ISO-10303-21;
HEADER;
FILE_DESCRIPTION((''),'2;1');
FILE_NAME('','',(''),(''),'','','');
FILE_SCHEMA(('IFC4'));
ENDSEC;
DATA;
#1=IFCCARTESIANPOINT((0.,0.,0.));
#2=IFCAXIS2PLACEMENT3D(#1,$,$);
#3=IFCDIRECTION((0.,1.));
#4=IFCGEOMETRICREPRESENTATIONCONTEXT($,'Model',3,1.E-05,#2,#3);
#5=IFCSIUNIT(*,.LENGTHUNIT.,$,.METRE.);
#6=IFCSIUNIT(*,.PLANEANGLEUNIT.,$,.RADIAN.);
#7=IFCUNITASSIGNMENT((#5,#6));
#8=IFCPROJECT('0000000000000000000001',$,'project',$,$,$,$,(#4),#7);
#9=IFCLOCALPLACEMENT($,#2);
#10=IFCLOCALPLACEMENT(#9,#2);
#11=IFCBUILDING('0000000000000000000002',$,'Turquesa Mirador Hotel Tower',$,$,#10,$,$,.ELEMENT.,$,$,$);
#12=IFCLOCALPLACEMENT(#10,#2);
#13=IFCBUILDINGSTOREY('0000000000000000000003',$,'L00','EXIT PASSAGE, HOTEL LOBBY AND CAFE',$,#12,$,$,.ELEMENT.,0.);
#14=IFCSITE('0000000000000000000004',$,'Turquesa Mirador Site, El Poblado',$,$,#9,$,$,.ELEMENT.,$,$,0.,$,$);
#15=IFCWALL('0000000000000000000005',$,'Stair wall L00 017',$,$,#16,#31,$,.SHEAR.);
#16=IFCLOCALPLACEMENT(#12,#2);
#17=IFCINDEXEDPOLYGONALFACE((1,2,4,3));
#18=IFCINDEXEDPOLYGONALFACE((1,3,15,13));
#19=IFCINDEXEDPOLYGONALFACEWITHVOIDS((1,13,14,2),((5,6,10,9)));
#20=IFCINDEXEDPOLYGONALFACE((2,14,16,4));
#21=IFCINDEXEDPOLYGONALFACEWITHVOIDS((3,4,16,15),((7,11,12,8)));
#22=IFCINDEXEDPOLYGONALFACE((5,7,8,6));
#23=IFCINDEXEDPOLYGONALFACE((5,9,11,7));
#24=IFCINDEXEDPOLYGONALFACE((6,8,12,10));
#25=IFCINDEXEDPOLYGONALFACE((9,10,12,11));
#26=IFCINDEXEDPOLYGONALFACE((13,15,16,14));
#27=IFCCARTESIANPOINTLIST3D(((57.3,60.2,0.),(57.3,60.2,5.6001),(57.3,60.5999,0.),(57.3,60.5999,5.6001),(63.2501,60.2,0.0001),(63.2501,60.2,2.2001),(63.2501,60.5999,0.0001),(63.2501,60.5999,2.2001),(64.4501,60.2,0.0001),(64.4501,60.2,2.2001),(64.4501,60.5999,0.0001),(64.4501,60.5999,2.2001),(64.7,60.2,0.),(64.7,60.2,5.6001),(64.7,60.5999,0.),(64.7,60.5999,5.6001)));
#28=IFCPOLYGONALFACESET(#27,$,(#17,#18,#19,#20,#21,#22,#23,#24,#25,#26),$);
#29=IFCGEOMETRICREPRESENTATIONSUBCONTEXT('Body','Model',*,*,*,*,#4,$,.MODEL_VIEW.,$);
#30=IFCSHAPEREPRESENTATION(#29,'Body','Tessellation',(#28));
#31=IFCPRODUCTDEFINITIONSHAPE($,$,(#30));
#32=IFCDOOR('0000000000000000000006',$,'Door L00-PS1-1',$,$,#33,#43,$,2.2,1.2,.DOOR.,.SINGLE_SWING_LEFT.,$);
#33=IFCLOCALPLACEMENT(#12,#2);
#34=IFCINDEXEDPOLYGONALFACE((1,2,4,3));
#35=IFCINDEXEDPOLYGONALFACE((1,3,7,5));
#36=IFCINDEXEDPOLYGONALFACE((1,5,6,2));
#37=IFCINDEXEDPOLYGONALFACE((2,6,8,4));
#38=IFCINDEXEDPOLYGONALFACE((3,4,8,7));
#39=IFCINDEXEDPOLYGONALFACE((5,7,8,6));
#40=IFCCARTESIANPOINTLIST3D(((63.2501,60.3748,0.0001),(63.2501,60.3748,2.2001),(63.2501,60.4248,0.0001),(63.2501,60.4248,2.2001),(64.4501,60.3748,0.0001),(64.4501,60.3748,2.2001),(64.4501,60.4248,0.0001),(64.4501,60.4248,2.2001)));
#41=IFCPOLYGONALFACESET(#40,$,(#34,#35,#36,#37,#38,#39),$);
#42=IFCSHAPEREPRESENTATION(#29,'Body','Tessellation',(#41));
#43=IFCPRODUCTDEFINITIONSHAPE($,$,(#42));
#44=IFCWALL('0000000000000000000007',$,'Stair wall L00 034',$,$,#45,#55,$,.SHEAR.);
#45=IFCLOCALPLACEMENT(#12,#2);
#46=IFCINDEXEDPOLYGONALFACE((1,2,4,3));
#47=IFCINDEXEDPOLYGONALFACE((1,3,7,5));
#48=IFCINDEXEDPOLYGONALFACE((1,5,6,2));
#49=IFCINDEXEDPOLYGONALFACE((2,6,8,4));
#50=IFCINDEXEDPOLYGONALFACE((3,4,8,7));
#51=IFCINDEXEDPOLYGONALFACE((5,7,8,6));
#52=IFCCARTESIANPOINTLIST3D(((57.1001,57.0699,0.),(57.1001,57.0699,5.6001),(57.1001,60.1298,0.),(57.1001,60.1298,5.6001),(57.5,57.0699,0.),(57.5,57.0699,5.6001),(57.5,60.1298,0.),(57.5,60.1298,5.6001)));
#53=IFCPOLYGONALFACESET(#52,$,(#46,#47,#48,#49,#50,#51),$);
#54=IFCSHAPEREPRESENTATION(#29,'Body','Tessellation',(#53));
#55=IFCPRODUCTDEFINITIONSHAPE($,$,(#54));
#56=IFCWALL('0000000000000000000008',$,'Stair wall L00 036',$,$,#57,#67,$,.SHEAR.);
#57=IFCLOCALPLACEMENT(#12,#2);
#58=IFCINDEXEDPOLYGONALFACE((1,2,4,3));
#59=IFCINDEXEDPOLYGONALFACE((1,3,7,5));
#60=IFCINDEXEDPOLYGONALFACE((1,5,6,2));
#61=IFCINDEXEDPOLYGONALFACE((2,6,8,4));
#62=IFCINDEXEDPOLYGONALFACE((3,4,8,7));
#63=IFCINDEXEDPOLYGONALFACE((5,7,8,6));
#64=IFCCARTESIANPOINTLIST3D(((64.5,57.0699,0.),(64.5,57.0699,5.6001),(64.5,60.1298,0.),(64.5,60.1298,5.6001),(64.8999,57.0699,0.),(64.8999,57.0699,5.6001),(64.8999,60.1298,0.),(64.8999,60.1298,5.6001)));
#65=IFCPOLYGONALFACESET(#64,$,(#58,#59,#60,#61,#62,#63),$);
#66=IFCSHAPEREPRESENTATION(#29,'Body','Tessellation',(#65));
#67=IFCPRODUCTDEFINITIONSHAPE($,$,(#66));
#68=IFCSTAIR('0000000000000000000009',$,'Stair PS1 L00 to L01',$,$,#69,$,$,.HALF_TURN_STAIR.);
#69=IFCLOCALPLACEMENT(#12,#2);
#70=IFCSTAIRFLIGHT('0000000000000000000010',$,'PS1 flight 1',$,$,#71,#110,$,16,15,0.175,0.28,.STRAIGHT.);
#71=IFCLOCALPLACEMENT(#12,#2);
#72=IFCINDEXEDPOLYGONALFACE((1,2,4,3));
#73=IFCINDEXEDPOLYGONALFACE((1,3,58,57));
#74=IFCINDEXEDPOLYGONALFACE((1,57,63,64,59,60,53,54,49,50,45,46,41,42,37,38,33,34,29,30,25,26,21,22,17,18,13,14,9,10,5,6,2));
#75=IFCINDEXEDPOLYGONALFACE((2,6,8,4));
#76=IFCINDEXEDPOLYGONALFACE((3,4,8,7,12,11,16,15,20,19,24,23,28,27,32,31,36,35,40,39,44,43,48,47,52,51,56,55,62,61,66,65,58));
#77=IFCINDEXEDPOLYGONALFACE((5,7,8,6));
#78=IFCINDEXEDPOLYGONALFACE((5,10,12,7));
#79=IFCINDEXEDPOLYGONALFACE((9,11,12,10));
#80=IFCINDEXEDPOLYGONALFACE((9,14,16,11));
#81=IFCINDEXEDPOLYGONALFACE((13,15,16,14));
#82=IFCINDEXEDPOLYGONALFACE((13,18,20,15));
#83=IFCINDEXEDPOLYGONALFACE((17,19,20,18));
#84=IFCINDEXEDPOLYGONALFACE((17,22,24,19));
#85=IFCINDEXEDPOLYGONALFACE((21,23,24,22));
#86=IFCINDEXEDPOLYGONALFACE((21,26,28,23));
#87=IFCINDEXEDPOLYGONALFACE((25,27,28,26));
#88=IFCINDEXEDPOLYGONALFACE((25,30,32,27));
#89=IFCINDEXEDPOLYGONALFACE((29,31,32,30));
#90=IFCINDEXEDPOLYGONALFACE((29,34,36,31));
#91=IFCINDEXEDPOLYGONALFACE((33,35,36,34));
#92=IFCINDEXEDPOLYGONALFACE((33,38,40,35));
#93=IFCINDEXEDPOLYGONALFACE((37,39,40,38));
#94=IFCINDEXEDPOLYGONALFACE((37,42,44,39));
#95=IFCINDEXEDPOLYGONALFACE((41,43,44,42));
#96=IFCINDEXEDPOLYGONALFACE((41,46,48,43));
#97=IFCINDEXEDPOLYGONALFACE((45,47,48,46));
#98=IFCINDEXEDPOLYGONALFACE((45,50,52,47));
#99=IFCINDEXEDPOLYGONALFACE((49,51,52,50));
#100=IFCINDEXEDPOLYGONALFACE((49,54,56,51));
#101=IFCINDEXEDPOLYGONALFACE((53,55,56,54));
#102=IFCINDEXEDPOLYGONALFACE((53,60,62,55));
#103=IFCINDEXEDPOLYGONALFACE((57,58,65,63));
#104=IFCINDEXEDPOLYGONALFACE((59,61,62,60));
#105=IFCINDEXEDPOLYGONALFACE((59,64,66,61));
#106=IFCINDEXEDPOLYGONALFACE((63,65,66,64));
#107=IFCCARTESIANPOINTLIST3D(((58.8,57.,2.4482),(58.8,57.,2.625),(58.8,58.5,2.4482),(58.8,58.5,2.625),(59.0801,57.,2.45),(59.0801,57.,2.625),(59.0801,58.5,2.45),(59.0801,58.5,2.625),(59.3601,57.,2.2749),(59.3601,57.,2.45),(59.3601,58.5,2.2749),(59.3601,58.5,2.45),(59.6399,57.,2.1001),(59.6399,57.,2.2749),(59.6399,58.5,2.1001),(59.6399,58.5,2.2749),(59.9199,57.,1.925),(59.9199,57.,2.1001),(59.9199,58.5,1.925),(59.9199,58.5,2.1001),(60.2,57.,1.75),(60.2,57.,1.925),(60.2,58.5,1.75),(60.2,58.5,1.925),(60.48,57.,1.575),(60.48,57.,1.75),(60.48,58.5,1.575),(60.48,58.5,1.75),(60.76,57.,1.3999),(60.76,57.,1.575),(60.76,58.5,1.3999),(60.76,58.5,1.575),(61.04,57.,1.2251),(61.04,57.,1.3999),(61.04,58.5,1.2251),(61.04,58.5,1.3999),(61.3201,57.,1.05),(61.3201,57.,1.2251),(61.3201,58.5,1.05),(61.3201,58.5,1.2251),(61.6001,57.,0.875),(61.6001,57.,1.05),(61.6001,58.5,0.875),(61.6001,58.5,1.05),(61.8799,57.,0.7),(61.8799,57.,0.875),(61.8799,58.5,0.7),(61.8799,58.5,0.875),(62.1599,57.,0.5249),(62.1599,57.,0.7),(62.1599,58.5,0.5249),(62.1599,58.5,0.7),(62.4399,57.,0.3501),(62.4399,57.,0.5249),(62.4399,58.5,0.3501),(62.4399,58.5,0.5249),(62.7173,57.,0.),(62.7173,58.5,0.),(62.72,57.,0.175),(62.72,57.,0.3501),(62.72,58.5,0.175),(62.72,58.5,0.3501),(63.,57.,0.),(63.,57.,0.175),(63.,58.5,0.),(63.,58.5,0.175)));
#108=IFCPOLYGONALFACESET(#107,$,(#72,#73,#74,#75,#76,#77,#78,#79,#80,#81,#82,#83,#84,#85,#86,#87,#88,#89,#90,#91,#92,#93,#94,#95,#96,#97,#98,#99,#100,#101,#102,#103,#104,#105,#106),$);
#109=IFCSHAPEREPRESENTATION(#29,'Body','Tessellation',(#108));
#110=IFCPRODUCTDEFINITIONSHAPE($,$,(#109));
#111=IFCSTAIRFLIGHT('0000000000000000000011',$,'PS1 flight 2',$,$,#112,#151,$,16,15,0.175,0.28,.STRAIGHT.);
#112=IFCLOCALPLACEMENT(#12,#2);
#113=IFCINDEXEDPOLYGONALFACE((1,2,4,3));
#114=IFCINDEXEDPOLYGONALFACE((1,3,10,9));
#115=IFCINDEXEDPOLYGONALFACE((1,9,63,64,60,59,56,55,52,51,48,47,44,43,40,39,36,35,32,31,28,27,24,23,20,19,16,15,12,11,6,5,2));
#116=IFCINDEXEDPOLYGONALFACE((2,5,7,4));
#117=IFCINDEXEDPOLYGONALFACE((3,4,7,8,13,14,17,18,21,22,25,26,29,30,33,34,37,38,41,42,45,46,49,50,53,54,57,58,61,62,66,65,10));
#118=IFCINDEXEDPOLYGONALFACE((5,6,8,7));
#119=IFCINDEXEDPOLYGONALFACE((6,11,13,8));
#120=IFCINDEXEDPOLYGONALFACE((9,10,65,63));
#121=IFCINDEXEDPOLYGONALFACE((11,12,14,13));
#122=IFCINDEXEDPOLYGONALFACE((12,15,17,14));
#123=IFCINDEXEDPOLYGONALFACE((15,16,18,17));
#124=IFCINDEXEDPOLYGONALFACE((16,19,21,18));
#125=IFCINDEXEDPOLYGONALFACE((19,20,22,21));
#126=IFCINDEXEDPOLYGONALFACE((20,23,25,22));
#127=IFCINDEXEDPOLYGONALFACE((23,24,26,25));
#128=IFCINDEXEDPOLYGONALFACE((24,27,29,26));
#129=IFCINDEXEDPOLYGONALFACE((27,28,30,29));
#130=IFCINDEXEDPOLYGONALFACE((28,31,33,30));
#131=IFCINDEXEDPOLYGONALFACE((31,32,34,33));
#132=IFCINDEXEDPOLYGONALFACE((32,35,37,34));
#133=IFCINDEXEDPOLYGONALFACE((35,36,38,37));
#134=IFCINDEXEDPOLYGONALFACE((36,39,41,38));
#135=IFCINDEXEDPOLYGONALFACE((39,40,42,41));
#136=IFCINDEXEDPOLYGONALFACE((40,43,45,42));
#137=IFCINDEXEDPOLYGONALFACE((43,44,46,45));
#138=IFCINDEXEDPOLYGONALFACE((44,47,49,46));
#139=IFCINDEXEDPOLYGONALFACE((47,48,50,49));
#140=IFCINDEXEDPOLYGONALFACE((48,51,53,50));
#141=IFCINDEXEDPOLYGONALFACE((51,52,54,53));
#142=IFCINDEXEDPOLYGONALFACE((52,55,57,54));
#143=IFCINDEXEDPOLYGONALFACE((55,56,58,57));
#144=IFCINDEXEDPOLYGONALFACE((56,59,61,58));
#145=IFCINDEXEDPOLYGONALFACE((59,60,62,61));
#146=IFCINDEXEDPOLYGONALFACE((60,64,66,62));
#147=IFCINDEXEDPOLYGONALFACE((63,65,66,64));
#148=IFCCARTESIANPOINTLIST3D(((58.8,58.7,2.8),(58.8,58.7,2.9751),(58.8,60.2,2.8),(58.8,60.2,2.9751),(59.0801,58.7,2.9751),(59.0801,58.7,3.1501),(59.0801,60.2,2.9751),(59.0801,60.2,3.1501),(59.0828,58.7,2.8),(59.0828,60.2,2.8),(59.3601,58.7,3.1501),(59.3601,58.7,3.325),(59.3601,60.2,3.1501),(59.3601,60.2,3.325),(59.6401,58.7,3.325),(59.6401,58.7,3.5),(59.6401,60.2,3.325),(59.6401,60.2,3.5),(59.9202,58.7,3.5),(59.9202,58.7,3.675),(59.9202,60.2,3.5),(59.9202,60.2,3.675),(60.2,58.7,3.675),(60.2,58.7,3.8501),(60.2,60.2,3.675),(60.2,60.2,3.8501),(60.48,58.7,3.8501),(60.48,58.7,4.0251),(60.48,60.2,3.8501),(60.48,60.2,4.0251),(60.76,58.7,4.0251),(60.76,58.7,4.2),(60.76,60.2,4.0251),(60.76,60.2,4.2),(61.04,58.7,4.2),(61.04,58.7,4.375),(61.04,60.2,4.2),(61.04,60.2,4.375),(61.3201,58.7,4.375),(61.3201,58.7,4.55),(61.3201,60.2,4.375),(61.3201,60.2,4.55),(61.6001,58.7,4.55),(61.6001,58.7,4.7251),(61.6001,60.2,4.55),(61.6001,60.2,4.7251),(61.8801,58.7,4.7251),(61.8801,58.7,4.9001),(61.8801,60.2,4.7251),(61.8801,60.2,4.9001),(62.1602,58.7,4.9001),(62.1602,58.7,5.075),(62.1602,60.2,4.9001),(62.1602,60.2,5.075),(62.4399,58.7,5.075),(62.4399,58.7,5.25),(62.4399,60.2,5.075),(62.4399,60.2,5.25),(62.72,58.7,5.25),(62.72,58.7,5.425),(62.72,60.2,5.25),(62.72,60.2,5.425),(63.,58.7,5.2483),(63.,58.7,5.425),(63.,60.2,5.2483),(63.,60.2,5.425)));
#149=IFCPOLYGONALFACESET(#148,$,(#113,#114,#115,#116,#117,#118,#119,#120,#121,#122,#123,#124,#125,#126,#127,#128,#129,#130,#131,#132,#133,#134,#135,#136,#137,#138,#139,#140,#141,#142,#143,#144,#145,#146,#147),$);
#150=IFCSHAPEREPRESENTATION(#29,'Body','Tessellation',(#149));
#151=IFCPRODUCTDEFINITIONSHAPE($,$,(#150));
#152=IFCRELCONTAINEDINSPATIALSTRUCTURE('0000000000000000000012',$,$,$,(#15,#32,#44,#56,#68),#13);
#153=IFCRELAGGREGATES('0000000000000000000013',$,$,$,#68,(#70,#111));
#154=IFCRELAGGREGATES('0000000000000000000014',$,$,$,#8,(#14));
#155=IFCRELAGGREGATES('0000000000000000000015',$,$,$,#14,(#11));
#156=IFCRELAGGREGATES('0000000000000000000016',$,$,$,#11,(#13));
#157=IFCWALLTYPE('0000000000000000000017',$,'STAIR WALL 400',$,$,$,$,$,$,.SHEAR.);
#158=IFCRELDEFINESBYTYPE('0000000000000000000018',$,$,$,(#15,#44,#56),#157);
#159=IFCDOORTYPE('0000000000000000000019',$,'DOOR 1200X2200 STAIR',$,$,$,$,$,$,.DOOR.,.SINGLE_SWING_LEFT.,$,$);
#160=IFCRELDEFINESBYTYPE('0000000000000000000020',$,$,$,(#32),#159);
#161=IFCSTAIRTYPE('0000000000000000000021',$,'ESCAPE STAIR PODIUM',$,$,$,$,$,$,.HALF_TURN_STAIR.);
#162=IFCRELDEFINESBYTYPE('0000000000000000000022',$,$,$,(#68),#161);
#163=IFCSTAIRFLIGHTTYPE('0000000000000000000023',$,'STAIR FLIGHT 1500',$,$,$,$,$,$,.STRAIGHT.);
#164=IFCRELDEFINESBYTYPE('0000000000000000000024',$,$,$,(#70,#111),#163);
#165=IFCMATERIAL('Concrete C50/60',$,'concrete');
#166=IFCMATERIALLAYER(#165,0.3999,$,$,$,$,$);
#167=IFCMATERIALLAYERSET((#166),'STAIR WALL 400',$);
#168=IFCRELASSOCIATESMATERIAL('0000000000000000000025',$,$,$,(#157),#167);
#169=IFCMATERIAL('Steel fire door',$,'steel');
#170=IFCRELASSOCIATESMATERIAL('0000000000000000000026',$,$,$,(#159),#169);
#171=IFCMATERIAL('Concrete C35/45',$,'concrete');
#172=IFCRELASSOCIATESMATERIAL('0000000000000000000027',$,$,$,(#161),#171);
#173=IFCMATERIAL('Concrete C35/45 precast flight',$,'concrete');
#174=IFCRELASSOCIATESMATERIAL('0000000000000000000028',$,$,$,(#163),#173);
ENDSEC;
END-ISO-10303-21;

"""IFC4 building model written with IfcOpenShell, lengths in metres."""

from ifc_helpers import new_model, si_unit, direction, frame, frame_2d, origin, place, context, subcontext, project, spatial, polyline, rectangle, outline, extrude, material, layer, layer_set, type_object, element, fill, aggregate, save


model = new_model("IFC4")

# Units and contexts
model_context = context("Model", 3, precision=1e-05, world=origin(), true_north=direction((0.0, 1.0)))
body_context = subcontext(model_context, "Body", "Model", "MODEL_VIEW")
ifc_project = project(units=[si_unit("LENGTHUNIT", "METRE"), si_unit("PLANEANGLEUNIT", "RADIAN")], contexts=[model_context])

# Site, building, storey
site_placement = place(None, origin())
site = spatial("IfcSite", under=ifc_project, at=site_placement, Name="Turquesa Mirador Site, El Poblado", CompositionType="ELEMENT", RefElevation=0.0)
building_placement = place(site_placement, origin())
building = spatial("IfcBuilding", under=site, at=building_placement, Name="Turquesa Mirador Hotel Tower", CompositionType="ELEMENT")
storey_placement = place(building_placement, origin())
storey = spatial("IfcBuildingStorey", under=building, at=storey_placement, Name="L00", Description="EXIT PASSAGE, HOTEL LOBBY AND CAFE", CompositionType="ELEMENT", Elevation=0.0)

# Wall, opening, door
ifc_material_1 = material(Name="Concrete C50/60", Category="concrete")
ifc_layer_1 = layer(ifc_material_1, 0.3999)
ifc_layer_set_1 = layer_set([ifc_layer_1], Name="STAIR WALL 400")
wall_type_1 = type_object("IfcWallType", Name="STAIR WALL 400", PredefinedType="SHEAR", material=ifc_layer_set_1)
wall_1_placement = place(storey_placement, frame((57.3, 60.3999, 0.0), z_axis=(0.0, 0.0, 1.0), x_axis=(1.0, 0.0, 0.0)))
wall_1 = element("IfcWall", 1, at=wall_1_placement, inside=storey, type_object=wall_type_1, Name="Stair wall L00 017", PredefinedType="SHEAR", context=body_context, shape_type="SweptSolid", body=[
    extrude(rectangle(XDim=7.3999, YDim=0.3999, at=frame_2d((3.7, 0.0))), origin(), (0.0, 0.0, 1.0), 5.6001),
])
opening_1_placement = place(wall_1_placement, frame((5.95, 0.0, 0.0)))
opening_1 = element("IfcOpeningElement", 2, at=opening_1_placement, cuts=wall_1, PredefinedType="OPENING", context=body_context, shape_type="SweptSolid", body=[
    extrude(rectangle(XDim=1.2, YDim=2.2, at=frame_2d((0.6001, 1.1001))), frame((0.0, 0.21, 0.0), z_axis=(0.0, -1.0, 0.0), x_axis=(1.0, 0.0, 0.0)), (0.0, 0.0, 1.0), 0.4199),
])
ifc_material_2 = material(Name="Steel fire door", Category="steel")
door_type_1 = type_object("IfcDoorType", Name="DOOR 1200X2200 STAIR", OperationType="SINGLE_SWING_LEFT", PredefinedType="DOOR", material=ifc_material_2)
door_1_placement = place(opening_1_placement, origin())
door_1 = element("IfcDoor", 3, at=door_1_placement, inside=storey, type_object=door_type_1, Name="Door L00-PS1-1", OperationType="SINGLE_SWING_LEFT", OverallHeight=2.2, OverallWidth=1.2, PredefinedType="DOOR", context=body_context, shape_type="SweptSolid", body=[
    extrude(rectangle(XDim=1.2, YDim=2.2, at=frame_2d((0.6001, 1.1001))), frame((0.0, 0.0249, 0.0), z_axis=(0.0, -1.0, 0.0), x_axis=(1.0, 0.0, 0.0)), (0.0, 0.0, 1.0), 0.05),
])
fill(opening_1, door_1)

# Walls
for number, where, z_axis, x_axis, name in (
    (4, (57.3, 57.0701, 0.0), (0.0, 0.0, 1.0), (0.0, 1.0, 0.0), "Stair wall L00 034"),
    (5, (64.7, 57.0701, 0.0), (0.0, 0.0, 1.0), (0.0, 1.0, 0.0), "Stair wall L00 036"),
):
    element("IfcWall", number, at=place(storey_placement, frame(where, z_axis=z_axis, x_axis=x_axis)), inside=storey, type_object=wall_type_1, Name=name, PredefinedType="SHEAR", context=body_context, shape_type="SweptSolid", body=[
        extrude(rectangle(XDim=3.0598, YDim=0.3999, at=frame_2d((1.5298, 0.0))), origin(), (0.0, 0.0, 1.0), 5.6001),
    ])

# Stair, stair flights
ifc_material_3 = material(Name="Concrete C35/45", Category="concrete")
stair_type = type_object("IfcStairType", Name="ESCAPE STAIR PODIUM", PredefinedType="HALF_TURN_STAIR", material=ifc_material_3)
stair_placement = place(storey_placement, origin())
stair = element("IfcStair", 6, at=stair_placement, inside=storey, type_object=stair_type, Name="Stair PS1 L00 to L01", PredefinedType="HALF_TURN_STAIR")
ifc_material_4 = material(Name="Concrete C35/45 precast flight", Category="concrete")
stair_flight_type = type_object("IfcStairFlightType", Name="STAIR FLIGHT 1500", PredefinedType="STRAIGHT", material=ifc_material_4)
stair_flight_1_placement = place(storey_placement, frame((63.0, 57.75, 0.0), z_axis=(0.0, 0.0, 1.0), x_axis=(-1.0, 0.0, 0.0)))
stair_flight_1 = element("IfcStairFlight", 7, at=stair_flight_1_placement, type_object=stair_flight_type, Name="PS1 flight 1", NumberOfRisers=16, NumberOfTreads=15, PredefinedType="STRAIGHT", RiserHeight=0.175, TreadLength=0.28, context=body_context, shape_type="SweptSolid", body=[
    extrude(outline(polyline([(0.0, 0.0), (0.0, 0.175), (0.28, 0.175), (0.28, 0.3501), (0.5601, 0.3501), (0.5601, 0.5249), (0.8401, 0.5249), (0.8401, 0.7), (1.1201, 0.7), (1.1201, 0.875), (1.3999, 0.875), (1.3999, 1.05), (1.6799, 1.05), (1.6799, 1.2251), (1.96, 1.2251), (1.96, 1.3999), (2.24, 1.3999), (2.24, 1.575), (2.52, 1.575), (2.52, 1.75), (2.8, 1.75), (2.8, 1.925), (3.0801, 1.925), (3.0801, 2.1001), (3.3601, 2.1001), (3.3601, 2.2749), (3.6399, 2.2749), (3.6399, 2.45), (3.9199, 2.45), (3.9199, 2.625), (4.2, 2.625), (4.2, 2.8), (4.2, 2.4482), (0.2827, 0.0), (0.0, 0.0)])), frame((0.0, 0.75, 0.0), z_axis=(0.0, -1.0, 0.0), x_axis=(1.0, 0.0, 0.0)), (0.0, 0.0, 1.0), 1.5),
])
stair_flight_2_placement = place(storey_placement, frame((58.8, 59.45, 2.8), z_axis=(0.0, 0.0, 1.0), x_axis=(1.0, 0.0, 0.0)))
stair_flight_2 = element("IfcStairFlight", 8, at=stair_flight_2_placement, type_object=stair_flight_type, Name="PS1 flight 2", NumberOfRisers=16, NumberOfTreads=15, PredefinedType="STRAIGHT", RiserHeight=0.175, TreadLength=0.28, context=body_context, shape_type="SweptSolid", body=[
    extrude(outline(polyline([(0.0, 0.0), (0.0, 0.175), (0.28, 0.175), (0.28, 0.3501), (0.5601, 0.3501), (0.5601, 0.5249), (0.8401, 0.5249), (0.8401, 0.7), (1.1201, 0.7), (1.1201, 0.875), (1.3999, 0.875), (1.3999, 1.05), (1.6799, 1.05), (1.6799, 1.2251), (1.96, 1.2251), (1.96, 1.3999), (2.24, 1.3999), (2.24, 1.575), (2.52, 1.575), (2.52, 1.75), (2.8, 1.75), (2.8, 1.925), (3.0801, 1.925), (3.0801, 2.1001), (3.3601, 2.1001), (3.3601, 2.2749), (3.6399, 2.2749), (3.6399, 2.45), (3.9199, 2.45), (3.9199, 2.625), (4.2, 2.625), (4.2, 2.8), (4.2, 2.4482), (0.2827, 0.0), (0.0, 0.0)])), frame((0.0, 0.75, 0.0), z_axis=(0.0, -1.0, 0.0), x_axis=(1.0, 0.0, 0.0)), (0.0, 0.0, 1.0), 1.5),
])
aggregate(stair, [stair_flight_1, stair_flight_2])

save(model, "model.ifc")
